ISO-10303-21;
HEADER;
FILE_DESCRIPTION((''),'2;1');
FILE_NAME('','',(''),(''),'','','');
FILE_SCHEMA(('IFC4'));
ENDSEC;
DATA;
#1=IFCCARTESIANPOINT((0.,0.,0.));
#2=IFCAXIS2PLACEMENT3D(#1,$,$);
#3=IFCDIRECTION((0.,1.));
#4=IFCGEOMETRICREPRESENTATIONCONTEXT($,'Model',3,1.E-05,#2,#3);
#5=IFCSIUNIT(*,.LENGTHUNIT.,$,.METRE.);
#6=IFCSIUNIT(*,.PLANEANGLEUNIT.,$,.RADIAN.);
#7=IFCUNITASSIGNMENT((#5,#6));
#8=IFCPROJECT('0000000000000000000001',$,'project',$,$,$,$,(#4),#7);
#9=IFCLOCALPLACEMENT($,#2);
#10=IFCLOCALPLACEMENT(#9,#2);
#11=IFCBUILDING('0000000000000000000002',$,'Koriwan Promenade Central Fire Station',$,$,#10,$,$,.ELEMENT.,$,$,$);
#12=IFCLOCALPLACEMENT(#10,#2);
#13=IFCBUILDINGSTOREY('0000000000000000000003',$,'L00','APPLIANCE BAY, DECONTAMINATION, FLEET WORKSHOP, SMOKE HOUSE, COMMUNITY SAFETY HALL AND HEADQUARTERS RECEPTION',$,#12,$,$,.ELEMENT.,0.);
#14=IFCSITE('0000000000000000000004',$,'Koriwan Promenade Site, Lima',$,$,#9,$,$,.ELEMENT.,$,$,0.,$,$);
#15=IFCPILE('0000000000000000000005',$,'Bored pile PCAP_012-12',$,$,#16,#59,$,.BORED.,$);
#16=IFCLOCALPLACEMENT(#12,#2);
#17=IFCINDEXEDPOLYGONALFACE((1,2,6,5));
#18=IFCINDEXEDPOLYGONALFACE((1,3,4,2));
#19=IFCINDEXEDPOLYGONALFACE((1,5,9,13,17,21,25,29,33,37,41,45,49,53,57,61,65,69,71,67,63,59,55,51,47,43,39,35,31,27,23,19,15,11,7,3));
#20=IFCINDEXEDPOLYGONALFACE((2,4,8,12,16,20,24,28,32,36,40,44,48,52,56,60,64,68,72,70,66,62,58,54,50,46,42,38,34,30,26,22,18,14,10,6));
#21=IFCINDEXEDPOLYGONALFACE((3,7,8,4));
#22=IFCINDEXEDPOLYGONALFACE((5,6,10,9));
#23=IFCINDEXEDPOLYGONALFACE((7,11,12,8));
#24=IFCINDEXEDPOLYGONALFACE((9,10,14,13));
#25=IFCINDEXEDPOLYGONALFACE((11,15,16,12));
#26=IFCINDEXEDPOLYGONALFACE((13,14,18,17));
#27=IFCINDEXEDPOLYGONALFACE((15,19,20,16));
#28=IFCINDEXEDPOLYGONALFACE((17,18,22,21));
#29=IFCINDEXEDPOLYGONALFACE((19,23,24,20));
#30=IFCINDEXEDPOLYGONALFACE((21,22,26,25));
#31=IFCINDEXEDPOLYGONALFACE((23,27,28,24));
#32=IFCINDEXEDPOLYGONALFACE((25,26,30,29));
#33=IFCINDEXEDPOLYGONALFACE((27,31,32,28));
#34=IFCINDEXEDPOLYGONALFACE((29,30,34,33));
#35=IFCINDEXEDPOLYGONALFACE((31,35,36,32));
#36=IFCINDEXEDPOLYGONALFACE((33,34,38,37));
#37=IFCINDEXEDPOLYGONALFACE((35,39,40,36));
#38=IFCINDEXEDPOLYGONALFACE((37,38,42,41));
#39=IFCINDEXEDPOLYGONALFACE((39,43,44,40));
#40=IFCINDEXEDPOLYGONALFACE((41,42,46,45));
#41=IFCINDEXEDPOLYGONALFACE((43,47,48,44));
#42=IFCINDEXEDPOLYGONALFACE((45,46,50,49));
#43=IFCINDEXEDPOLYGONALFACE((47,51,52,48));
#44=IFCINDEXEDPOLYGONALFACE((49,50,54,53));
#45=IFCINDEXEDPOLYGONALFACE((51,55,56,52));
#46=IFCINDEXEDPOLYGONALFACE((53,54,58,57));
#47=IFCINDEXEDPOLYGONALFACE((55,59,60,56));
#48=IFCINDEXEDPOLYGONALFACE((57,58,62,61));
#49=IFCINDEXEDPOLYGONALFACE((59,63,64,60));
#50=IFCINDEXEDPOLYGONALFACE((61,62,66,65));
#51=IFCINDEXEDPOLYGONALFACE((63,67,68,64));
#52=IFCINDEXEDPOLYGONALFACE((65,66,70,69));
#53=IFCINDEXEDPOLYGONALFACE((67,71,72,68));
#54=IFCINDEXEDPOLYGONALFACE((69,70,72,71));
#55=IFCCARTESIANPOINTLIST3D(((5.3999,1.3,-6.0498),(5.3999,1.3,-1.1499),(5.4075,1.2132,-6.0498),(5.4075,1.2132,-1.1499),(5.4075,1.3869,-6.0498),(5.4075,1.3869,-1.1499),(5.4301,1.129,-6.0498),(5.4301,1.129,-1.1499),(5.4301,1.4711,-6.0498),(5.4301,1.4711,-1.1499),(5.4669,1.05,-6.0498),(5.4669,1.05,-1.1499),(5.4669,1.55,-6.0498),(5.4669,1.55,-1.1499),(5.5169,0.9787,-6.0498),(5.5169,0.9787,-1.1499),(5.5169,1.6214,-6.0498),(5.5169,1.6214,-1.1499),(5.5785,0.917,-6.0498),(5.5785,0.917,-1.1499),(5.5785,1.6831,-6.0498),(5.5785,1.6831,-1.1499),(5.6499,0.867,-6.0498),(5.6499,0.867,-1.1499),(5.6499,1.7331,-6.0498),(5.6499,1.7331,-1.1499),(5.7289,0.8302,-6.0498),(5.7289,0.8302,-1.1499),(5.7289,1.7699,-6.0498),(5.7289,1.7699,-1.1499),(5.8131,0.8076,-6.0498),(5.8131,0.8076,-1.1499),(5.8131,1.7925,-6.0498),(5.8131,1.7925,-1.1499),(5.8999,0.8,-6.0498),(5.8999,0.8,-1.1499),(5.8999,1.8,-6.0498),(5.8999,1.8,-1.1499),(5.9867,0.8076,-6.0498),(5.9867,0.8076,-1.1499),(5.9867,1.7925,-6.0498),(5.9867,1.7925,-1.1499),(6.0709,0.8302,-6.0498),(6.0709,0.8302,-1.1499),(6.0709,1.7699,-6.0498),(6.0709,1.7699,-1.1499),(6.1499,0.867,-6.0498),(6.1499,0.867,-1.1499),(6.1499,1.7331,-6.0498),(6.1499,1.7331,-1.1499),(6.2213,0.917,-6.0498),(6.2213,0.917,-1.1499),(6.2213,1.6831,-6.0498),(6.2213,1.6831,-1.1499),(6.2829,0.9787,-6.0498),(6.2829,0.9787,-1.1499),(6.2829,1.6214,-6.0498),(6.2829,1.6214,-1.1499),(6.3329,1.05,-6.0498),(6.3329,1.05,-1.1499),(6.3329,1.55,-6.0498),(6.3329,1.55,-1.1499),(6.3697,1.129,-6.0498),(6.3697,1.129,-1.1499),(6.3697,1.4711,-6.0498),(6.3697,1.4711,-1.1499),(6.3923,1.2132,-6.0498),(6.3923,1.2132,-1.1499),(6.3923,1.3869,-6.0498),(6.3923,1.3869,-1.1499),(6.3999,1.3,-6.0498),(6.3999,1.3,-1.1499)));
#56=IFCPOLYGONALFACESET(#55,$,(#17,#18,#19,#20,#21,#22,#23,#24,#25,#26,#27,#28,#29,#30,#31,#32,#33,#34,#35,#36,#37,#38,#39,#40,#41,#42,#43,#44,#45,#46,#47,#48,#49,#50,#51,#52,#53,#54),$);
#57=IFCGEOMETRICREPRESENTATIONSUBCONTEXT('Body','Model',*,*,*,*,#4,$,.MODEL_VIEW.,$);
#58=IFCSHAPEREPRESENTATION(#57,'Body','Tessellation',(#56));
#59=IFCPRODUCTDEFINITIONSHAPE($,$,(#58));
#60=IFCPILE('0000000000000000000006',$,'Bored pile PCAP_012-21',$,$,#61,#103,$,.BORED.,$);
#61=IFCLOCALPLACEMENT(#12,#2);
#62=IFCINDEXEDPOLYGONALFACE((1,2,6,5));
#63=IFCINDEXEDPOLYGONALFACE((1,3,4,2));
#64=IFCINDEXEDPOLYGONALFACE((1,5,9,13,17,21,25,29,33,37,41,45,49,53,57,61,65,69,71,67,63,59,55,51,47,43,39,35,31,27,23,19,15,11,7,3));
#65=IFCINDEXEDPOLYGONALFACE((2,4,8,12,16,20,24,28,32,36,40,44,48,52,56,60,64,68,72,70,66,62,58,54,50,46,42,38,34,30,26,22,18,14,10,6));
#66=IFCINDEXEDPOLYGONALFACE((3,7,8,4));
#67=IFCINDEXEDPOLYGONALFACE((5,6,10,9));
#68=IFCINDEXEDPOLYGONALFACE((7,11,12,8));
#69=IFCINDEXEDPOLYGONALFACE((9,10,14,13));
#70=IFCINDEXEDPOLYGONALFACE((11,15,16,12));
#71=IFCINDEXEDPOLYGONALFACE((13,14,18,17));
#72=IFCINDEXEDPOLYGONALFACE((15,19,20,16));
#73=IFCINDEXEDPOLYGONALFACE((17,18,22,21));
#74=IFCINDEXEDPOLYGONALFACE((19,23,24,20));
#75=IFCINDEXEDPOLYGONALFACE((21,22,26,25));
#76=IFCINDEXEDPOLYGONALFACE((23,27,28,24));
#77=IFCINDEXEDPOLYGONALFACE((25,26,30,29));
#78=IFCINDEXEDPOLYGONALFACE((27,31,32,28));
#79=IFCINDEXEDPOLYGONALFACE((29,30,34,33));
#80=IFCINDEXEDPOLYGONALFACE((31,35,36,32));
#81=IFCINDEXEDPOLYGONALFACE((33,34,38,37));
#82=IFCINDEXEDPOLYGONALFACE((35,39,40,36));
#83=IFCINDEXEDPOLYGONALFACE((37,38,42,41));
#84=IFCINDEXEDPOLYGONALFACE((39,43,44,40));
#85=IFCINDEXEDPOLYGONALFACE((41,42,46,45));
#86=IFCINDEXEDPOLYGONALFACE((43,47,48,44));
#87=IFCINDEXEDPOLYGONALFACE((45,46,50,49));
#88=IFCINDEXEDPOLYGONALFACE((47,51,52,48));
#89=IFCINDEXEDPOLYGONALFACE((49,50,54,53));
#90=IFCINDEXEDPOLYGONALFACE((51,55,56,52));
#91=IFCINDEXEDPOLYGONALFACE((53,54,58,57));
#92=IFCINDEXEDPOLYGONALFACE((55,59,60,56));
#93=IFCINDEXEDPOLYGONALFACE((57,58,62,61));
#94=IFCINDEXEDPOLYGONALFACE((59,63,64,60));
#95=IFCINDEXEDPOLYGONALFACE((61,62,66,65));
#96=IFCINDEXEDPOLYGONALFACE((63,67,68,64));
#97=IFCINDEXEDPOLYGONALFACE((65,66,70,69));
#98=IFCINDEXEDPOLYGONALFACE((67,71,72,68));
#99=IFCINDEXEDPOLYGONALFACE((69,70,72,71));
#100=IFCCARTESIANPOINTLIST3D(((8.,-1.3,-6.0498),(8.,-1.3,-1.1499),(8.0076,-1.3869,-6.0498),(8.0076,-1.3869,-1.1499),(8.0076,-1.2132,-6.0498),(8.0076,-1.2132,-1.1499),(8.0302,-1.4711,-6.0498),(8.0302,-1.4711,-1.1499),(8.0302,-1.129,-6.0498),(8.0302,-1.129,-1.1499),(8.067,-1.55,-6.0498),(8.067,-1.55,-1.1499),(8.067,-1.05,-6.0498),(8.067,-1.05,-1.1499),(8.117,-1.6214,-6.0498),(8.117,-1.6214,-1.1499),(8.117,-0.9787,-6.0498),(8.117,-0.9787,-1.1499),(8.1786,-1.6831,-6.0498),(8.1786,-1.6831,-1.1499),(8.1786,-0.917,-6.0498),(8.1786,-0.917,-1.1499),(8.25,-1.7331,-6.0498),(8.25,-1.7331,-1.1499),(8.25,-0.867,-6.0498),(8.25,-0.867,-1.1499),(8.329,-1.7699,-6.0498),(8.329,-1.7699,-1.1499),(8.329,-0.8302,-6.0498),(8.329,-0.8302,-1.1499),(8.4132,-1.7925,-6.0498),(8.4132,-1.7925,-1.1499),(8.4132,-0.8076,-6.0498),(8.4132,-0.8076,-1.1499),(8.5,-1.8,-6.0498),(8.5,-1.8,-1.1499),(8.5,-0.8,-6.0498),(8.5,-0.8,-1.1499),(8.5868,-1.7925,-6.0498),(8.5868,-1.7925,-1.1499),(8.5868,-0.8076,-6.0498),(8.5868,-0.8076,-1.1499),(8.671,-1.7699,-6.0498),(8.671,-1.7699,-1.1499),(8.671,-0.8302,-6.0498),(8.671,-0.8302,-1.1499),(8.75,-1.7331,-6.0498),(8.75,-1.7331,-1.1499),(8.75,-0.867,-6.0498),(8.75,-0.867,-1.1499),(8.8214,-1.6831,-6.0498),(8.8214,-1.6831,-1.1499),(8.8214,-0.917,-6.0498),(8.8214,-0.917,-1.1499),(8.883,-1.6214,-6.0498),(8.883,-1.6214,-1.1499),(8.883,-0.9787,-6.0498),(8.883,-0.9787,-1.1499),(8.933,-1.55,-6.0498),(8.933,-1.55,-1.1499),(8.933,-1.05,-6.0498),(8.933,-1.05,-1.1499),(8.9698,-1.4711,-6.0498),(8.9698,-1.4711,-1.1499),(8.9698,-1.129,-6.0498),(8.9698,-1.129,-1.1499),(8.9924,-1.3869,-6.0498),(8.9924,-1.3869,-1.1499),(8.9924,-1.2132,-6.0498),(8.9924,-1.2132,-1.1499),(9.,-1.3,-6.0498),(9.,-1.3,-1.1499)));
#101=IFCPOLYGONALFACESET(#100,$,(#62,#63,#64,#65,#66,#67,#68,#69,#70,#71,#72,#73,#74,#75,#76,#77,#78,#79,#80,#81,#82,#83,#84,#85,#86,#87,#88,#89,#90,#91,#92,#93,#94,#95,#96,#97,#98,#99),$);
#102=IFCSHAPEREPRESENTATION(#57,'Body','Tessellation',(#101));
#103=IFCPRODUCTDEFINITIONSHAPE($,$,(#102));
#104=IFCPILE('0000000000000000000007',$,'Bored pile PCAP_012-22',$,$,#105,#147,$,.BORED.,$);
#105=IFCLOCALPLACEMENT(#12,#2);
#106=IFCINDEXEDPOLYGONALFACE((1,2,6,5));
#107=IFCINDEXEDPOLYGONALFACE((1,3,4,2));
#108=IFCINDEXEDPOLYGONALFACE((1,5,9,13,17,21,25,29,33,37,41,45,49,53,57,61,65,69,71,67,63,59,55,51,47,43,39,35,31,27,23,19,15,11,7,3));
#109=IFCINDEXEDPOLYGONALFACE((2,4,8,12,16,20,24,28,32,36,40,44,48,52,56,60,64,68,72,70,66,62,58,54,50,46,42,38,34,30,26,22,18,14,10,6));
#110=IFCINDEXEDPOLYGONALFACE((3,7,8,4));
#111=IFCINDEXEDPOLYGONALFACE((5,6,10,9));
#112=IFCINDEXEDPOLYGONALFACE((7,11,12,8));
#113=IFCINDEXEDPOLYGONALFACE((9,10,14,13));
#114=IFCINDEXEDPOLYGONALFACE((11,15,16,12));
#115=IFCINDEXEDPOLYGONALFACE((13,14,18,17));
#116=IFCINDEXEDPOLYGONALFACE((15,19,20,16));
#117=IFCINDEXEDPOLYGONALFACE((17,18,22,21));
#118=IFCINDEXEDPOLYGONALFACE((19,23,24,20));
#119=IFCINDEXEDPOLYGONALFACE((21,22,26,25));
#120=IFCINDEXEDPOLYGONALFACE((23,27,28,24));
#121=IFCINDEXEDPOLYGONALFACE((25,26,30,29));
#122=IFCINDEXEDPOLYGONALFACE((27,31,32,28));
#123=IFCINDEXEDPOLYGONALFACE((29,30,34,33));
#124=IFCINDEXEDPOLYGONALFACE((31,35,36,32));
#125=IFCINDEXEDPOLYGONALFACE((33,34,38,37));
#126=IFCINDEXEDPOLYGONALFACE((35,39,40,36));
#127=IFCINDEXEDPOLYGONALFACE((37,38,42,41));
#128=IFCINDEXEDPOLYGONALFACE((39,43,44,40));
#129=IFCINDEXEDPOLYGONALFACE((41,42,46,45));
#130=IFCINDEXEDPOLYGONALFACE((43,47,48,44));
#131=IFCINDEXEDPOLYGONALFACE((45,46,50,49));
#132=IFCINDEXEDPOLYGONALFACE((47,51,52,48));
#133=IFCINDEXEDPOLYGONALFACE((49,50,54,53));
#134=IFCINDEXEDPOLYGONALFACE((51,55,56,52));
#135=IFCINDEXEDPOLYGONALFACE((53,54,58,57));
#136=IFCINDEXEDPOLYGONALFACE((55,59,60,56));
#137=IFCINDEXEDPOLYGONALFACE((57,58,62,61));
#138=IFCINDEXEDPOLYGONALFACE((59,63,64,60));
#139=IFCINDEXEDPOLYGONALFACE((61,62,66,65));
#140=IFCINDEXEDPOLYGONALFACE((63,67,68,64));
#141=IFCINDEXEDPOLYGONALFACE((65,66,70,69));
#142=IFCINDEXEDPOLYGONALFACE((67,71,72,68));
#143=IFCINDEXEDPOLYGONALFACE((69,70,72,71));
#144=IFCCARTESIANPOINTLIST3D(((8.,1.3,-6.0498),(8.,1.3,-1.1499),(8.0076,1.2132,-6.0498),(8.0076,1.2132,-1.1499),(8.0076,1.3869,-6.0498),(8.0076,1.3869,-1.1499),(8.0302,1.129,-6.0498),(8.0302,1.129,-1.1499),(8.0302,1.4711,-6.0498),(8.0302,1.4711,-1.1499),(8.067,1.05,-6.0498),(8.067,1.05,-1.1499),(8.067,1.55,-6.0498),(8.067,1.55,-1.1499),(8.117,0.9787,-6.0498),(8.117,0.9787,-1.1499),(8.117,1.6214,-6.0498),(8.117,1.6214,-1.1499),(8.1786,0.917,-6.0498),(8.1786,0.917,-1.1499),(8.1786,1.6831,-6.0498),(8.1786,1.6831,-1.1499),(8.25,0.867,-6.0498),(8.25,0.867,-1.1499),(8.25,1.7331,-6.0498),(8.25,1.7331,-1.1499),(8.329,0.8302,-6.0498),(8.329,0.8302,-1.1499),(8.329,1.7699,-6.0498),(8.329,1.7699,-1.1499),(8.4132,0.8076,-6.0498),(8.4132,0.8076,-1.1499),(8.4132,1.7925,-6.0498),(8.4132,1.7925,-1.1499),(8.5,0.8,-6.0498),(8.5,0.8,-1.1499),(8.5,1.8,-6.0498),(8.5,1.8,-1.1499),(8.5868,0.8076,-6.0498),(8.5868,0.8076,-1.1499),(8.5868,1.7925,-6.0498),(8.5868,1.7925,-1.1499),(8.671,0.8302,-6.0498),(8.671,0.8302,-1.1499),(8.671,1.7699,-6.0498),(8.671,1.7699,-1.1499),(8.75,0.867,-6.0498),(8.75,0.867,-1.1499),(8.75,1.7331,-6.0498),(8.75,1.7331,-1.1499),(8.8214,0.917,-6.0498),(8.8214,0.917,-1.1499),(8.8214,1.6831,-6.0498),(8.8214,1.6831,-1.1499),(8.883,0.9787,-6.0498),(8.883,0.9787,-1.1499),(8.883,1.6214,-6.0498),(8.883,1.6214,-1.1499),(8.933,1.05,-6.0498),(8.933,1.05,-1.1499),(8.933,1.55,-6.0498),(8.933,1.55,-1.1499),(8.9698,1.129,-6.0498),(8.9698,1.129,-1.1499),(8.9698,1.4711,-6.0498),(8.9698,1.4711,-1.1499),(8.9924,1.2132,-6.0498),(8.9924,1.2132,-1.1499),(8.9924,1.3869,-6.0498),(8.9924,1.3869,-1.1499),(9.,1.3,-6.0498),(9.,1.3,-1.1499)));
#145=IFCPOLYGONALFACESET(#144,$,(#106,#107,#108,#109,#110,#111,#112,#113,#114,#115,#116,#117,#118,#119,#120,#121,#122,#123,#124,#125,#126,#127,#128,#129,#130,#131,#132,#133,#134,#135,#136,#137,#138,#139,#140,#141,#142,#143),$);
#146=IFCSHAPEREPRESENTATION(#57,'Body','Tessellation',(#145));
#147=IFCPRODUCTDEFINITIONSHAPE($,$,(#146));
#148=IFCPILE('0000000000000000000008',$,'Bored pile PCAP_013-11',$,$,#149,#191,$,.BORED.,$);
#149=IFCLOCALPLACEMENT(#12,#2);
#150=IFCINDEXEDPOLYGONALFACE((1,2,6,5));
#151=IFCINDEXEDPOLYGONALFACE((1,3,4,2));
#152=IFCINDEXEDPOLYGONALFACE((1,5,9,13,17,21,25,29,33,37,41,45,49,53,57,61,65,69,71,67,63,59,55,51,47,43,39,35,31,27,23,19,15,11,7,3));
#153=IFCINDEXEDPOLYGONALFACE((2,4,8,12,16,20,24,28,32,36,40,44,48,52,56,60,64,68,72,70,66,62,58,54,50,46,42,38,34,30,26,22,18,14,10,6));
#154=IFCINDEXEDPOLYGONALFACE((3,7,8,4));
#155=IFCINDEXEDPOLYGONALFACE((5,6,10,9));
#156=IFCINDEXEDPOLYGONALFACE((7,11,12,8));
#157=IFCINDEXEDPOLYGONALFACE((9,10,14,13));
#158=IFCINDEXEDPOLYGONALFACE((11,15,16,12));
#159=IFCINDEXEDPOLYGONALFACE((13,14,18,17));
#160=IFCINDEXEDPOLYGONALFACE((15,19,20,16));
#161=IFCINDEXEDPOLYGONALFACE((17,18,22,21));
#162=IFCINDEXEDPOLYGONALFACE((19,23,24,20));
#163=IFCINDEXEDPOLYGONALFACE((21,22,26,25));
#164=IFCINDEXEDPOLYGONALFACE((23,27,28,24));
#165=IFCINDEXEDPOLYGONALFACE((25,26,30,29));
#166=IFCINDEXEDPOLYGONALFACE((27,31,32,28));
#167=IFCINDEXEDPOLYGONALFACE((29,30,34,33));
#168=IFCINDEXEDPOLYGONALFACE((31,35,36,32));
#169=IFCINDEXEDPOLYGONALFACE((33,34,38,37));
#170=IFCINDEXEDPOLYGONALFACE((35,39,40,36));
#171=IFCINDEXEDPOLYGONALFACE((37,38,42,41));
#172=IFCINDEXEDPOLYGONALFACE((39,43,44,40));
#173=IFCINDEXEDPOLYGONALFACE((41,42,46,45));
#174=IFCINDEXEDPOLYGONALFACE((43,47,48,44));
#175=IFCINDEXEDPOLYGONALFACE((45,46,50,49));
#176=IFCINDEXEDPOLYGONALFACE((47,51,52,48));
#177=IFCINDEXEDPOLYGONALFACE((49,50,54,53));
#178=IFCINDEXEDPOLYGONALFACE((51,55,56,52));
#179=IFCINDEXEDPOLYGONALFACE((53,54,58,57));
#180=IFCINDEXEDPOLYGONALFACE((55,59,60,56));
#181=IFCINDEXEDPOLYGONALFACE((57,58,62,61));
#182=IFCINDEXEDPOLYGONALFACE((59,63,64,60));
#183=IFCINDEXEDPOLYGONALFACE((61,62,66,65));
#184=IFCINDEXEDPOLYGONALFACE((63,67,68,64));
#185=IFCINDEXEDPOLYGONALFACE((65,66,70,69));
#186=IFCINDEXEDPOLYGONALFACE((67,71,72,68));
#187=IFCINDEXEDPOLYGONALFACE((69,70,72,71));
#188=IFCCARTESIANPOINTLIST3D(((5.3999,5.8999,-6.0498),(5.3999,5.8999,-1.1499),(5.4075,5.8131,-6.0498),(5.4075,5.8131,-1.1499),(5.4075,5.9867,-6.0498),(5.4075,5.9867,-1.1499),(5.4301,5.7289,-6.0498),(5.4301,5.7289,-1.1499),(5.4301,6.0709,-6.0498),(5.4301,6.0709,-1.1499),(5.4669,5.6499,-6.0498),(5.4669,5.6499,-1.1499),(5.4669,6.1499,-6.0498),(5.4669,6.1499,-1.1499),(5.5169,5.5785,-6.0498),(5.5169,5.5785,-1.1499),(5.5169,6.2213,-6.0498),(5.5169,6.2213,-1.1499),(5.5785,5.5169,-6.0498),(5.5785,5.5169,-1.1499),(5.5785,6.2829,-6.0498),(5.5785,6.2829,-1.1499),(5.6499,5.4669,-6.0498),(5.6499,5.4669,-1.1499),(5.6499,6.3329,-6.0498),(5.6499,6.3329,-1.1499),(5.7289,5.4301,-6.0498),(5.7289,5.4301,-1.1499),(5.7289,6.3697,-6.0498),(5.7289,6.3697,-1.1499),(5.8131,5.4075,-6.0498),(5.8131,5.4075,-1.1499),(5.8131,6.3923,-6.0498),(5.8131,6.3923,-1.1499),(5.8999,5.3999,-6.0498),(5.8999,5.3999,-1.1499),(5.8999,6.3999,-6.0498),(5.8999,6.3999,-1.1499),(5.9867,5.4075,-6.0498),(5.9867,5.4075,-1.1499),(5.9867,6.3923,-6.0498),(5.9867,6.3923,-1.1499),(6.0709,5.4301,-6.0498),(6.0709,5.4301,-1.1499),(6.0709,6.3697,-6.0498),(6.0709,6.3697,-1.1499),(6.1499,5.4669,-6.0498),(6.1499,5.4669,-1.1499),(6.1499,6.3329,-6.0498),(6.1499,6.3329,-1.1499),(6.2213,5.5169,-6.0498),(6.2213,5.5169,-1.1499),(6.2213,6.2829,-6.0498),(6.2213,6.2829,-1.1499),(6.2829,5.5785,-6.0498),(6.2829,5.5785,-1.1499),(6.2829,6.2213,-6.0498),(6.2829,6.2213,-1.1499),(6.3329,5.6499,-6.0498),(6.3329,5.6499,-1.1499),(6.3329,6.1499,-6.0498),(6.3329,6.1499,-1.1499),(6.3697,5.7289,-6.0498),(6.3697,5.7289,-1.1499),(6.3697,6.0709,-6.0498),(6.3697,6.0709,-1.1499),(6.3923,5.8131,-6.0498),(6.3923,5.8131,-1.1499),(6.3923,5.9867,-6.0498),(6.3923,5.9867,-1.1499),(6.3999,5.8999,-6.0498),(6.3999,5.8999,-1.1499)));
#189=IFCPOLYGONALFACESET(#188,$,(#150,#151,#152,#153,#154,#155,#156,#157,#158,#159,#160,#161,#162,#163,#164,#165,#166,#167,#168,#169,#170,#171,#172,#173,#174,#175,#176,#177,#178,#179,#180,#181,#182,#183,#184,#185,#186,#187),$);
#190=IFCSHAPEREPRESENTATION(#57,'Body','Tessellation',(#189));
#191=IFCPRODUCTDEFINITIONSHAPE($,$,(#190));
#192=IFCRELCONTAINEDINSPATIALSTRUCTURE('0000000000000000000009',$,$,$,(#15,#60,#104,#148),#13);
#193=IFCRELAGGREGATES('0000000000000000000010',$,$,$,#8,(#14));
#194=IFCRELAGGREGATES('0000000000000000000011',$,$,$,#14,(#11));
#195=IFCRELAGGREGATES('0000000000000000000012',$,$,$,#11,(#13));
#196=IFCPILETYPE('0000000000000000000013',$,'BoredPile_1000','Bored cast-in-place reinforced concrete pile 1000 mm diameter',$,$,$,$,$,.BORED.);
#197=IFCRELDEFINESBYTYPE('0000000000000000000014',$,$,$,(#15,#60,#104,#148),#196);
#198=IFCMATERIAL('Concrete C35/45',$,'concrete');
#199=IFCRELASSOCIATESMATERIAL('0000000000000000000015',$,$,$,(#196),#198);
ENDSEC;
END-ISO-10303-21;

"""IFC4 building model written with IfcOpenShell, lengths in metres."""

from ifc_helpers import new_model, si_unit, direction, frame, origin, origin_2d, place, context, subcontext, project, spatial, circle, extrude, material, material_profile, profile_set, type_object, element, save


model = new_model("IFC4")

# Units and contexts
model_context = context("Model", 3, precision=1e-05, world=origin(), true_north=direction((0.0, 1.0)))
body_context = subcontext(model_context, "Body", "Model", "MODEL_VIEW")
ifc_project = project(units=[si_unit("LENGTHUNIT", "METRE"), si_unit("PLANEANGLEUNIT", "RADIAN")], contexts=[model_context])

# Site, building, storey
site_placement = place(None, origin())
site = spatial("IfcSite", under=ifc_project, at=site_placement, Name="Koriwan Promenade Site, Lima", CompositionType="ELEMENT", RefElevation=0.0)
building_placement = place(site_placement, origin())
building = spatial("IfcBuilding", under=site, at=building_placement, Name="Koriwan Promenade Central Fire Station", CompositionType="ELEMENT")
storey_placement = place(building_placement, origin())
storey = spatial("IfcBuildingStorey", under=building, at=storey_placement, Name="L00", Description="APPLIANCE BAY, DECONTAMINATION, FLEET WORKSHOP, SMOKE HOUSE, COMMUNITY SAFETY HALL AND HEADQUARTERS RECEPTION", CompositionType="ELEMENT", Elevation=0.0)

# Piles
ifc_material_1 = material(Name="Concrete C35/45", Category="concrete")
ifc_material_profile_1 = material_profile(ifc_material_1, circle(Radius=0.5, at=origin_2d()), Name="PILE-D1000")
ifc_profile_set_1 = profile_set([ifc_material_profile_1], Name="Concrete C35/45")
pile_type = type_object("IfcPileType", Name="BoredPile_1000", Description="Bored cast-in-place reinforced concrete pile 1000 mm diameter", PredefinedType="BORED", material=ifc_profile_set_1)
for number, where, z_axis, x_axis, name in (
    (1, (5.8999, 1.3, -1.1499), (0.0, 0.0, -1.0), (1.0, 0.0, 0.0), "Bored pile PCAP_012-12"),
    (2, (8.5, -1.3, -1.1499), (0.0, 0.0, -1.0), (1.0, 0.0, 0.0), "Bored pile PCAP_012-21"),
    (3, (8.5, 1.3, -1.1499), (0.0, 0.0, -1.0), (1.0, 0.0, 0.0), "Bored pile PCAP_012-22"),
    (4, (5.8999, 5.8999, -1.1499), (0.0, 0.0, -1.0), (1.0, 0.0, 0.0), "Bored pile PCAP_013-11"),
):
    element("IfcPile", number, at=place(storey_placement, frame(where, z_axis=z_axis, x_axis=x_axis)), inside=storey, type_object=pile_type, Name=name, PredefinedType="BORED", context=body_context, shape_type="SweptSolid", body=[
        extrude(circle(Radius=0.5, at=origin_2d()), origin(), (0.0, 0.0, 1.0), 4.8999),
    ])

save(model, "model.ifc")
